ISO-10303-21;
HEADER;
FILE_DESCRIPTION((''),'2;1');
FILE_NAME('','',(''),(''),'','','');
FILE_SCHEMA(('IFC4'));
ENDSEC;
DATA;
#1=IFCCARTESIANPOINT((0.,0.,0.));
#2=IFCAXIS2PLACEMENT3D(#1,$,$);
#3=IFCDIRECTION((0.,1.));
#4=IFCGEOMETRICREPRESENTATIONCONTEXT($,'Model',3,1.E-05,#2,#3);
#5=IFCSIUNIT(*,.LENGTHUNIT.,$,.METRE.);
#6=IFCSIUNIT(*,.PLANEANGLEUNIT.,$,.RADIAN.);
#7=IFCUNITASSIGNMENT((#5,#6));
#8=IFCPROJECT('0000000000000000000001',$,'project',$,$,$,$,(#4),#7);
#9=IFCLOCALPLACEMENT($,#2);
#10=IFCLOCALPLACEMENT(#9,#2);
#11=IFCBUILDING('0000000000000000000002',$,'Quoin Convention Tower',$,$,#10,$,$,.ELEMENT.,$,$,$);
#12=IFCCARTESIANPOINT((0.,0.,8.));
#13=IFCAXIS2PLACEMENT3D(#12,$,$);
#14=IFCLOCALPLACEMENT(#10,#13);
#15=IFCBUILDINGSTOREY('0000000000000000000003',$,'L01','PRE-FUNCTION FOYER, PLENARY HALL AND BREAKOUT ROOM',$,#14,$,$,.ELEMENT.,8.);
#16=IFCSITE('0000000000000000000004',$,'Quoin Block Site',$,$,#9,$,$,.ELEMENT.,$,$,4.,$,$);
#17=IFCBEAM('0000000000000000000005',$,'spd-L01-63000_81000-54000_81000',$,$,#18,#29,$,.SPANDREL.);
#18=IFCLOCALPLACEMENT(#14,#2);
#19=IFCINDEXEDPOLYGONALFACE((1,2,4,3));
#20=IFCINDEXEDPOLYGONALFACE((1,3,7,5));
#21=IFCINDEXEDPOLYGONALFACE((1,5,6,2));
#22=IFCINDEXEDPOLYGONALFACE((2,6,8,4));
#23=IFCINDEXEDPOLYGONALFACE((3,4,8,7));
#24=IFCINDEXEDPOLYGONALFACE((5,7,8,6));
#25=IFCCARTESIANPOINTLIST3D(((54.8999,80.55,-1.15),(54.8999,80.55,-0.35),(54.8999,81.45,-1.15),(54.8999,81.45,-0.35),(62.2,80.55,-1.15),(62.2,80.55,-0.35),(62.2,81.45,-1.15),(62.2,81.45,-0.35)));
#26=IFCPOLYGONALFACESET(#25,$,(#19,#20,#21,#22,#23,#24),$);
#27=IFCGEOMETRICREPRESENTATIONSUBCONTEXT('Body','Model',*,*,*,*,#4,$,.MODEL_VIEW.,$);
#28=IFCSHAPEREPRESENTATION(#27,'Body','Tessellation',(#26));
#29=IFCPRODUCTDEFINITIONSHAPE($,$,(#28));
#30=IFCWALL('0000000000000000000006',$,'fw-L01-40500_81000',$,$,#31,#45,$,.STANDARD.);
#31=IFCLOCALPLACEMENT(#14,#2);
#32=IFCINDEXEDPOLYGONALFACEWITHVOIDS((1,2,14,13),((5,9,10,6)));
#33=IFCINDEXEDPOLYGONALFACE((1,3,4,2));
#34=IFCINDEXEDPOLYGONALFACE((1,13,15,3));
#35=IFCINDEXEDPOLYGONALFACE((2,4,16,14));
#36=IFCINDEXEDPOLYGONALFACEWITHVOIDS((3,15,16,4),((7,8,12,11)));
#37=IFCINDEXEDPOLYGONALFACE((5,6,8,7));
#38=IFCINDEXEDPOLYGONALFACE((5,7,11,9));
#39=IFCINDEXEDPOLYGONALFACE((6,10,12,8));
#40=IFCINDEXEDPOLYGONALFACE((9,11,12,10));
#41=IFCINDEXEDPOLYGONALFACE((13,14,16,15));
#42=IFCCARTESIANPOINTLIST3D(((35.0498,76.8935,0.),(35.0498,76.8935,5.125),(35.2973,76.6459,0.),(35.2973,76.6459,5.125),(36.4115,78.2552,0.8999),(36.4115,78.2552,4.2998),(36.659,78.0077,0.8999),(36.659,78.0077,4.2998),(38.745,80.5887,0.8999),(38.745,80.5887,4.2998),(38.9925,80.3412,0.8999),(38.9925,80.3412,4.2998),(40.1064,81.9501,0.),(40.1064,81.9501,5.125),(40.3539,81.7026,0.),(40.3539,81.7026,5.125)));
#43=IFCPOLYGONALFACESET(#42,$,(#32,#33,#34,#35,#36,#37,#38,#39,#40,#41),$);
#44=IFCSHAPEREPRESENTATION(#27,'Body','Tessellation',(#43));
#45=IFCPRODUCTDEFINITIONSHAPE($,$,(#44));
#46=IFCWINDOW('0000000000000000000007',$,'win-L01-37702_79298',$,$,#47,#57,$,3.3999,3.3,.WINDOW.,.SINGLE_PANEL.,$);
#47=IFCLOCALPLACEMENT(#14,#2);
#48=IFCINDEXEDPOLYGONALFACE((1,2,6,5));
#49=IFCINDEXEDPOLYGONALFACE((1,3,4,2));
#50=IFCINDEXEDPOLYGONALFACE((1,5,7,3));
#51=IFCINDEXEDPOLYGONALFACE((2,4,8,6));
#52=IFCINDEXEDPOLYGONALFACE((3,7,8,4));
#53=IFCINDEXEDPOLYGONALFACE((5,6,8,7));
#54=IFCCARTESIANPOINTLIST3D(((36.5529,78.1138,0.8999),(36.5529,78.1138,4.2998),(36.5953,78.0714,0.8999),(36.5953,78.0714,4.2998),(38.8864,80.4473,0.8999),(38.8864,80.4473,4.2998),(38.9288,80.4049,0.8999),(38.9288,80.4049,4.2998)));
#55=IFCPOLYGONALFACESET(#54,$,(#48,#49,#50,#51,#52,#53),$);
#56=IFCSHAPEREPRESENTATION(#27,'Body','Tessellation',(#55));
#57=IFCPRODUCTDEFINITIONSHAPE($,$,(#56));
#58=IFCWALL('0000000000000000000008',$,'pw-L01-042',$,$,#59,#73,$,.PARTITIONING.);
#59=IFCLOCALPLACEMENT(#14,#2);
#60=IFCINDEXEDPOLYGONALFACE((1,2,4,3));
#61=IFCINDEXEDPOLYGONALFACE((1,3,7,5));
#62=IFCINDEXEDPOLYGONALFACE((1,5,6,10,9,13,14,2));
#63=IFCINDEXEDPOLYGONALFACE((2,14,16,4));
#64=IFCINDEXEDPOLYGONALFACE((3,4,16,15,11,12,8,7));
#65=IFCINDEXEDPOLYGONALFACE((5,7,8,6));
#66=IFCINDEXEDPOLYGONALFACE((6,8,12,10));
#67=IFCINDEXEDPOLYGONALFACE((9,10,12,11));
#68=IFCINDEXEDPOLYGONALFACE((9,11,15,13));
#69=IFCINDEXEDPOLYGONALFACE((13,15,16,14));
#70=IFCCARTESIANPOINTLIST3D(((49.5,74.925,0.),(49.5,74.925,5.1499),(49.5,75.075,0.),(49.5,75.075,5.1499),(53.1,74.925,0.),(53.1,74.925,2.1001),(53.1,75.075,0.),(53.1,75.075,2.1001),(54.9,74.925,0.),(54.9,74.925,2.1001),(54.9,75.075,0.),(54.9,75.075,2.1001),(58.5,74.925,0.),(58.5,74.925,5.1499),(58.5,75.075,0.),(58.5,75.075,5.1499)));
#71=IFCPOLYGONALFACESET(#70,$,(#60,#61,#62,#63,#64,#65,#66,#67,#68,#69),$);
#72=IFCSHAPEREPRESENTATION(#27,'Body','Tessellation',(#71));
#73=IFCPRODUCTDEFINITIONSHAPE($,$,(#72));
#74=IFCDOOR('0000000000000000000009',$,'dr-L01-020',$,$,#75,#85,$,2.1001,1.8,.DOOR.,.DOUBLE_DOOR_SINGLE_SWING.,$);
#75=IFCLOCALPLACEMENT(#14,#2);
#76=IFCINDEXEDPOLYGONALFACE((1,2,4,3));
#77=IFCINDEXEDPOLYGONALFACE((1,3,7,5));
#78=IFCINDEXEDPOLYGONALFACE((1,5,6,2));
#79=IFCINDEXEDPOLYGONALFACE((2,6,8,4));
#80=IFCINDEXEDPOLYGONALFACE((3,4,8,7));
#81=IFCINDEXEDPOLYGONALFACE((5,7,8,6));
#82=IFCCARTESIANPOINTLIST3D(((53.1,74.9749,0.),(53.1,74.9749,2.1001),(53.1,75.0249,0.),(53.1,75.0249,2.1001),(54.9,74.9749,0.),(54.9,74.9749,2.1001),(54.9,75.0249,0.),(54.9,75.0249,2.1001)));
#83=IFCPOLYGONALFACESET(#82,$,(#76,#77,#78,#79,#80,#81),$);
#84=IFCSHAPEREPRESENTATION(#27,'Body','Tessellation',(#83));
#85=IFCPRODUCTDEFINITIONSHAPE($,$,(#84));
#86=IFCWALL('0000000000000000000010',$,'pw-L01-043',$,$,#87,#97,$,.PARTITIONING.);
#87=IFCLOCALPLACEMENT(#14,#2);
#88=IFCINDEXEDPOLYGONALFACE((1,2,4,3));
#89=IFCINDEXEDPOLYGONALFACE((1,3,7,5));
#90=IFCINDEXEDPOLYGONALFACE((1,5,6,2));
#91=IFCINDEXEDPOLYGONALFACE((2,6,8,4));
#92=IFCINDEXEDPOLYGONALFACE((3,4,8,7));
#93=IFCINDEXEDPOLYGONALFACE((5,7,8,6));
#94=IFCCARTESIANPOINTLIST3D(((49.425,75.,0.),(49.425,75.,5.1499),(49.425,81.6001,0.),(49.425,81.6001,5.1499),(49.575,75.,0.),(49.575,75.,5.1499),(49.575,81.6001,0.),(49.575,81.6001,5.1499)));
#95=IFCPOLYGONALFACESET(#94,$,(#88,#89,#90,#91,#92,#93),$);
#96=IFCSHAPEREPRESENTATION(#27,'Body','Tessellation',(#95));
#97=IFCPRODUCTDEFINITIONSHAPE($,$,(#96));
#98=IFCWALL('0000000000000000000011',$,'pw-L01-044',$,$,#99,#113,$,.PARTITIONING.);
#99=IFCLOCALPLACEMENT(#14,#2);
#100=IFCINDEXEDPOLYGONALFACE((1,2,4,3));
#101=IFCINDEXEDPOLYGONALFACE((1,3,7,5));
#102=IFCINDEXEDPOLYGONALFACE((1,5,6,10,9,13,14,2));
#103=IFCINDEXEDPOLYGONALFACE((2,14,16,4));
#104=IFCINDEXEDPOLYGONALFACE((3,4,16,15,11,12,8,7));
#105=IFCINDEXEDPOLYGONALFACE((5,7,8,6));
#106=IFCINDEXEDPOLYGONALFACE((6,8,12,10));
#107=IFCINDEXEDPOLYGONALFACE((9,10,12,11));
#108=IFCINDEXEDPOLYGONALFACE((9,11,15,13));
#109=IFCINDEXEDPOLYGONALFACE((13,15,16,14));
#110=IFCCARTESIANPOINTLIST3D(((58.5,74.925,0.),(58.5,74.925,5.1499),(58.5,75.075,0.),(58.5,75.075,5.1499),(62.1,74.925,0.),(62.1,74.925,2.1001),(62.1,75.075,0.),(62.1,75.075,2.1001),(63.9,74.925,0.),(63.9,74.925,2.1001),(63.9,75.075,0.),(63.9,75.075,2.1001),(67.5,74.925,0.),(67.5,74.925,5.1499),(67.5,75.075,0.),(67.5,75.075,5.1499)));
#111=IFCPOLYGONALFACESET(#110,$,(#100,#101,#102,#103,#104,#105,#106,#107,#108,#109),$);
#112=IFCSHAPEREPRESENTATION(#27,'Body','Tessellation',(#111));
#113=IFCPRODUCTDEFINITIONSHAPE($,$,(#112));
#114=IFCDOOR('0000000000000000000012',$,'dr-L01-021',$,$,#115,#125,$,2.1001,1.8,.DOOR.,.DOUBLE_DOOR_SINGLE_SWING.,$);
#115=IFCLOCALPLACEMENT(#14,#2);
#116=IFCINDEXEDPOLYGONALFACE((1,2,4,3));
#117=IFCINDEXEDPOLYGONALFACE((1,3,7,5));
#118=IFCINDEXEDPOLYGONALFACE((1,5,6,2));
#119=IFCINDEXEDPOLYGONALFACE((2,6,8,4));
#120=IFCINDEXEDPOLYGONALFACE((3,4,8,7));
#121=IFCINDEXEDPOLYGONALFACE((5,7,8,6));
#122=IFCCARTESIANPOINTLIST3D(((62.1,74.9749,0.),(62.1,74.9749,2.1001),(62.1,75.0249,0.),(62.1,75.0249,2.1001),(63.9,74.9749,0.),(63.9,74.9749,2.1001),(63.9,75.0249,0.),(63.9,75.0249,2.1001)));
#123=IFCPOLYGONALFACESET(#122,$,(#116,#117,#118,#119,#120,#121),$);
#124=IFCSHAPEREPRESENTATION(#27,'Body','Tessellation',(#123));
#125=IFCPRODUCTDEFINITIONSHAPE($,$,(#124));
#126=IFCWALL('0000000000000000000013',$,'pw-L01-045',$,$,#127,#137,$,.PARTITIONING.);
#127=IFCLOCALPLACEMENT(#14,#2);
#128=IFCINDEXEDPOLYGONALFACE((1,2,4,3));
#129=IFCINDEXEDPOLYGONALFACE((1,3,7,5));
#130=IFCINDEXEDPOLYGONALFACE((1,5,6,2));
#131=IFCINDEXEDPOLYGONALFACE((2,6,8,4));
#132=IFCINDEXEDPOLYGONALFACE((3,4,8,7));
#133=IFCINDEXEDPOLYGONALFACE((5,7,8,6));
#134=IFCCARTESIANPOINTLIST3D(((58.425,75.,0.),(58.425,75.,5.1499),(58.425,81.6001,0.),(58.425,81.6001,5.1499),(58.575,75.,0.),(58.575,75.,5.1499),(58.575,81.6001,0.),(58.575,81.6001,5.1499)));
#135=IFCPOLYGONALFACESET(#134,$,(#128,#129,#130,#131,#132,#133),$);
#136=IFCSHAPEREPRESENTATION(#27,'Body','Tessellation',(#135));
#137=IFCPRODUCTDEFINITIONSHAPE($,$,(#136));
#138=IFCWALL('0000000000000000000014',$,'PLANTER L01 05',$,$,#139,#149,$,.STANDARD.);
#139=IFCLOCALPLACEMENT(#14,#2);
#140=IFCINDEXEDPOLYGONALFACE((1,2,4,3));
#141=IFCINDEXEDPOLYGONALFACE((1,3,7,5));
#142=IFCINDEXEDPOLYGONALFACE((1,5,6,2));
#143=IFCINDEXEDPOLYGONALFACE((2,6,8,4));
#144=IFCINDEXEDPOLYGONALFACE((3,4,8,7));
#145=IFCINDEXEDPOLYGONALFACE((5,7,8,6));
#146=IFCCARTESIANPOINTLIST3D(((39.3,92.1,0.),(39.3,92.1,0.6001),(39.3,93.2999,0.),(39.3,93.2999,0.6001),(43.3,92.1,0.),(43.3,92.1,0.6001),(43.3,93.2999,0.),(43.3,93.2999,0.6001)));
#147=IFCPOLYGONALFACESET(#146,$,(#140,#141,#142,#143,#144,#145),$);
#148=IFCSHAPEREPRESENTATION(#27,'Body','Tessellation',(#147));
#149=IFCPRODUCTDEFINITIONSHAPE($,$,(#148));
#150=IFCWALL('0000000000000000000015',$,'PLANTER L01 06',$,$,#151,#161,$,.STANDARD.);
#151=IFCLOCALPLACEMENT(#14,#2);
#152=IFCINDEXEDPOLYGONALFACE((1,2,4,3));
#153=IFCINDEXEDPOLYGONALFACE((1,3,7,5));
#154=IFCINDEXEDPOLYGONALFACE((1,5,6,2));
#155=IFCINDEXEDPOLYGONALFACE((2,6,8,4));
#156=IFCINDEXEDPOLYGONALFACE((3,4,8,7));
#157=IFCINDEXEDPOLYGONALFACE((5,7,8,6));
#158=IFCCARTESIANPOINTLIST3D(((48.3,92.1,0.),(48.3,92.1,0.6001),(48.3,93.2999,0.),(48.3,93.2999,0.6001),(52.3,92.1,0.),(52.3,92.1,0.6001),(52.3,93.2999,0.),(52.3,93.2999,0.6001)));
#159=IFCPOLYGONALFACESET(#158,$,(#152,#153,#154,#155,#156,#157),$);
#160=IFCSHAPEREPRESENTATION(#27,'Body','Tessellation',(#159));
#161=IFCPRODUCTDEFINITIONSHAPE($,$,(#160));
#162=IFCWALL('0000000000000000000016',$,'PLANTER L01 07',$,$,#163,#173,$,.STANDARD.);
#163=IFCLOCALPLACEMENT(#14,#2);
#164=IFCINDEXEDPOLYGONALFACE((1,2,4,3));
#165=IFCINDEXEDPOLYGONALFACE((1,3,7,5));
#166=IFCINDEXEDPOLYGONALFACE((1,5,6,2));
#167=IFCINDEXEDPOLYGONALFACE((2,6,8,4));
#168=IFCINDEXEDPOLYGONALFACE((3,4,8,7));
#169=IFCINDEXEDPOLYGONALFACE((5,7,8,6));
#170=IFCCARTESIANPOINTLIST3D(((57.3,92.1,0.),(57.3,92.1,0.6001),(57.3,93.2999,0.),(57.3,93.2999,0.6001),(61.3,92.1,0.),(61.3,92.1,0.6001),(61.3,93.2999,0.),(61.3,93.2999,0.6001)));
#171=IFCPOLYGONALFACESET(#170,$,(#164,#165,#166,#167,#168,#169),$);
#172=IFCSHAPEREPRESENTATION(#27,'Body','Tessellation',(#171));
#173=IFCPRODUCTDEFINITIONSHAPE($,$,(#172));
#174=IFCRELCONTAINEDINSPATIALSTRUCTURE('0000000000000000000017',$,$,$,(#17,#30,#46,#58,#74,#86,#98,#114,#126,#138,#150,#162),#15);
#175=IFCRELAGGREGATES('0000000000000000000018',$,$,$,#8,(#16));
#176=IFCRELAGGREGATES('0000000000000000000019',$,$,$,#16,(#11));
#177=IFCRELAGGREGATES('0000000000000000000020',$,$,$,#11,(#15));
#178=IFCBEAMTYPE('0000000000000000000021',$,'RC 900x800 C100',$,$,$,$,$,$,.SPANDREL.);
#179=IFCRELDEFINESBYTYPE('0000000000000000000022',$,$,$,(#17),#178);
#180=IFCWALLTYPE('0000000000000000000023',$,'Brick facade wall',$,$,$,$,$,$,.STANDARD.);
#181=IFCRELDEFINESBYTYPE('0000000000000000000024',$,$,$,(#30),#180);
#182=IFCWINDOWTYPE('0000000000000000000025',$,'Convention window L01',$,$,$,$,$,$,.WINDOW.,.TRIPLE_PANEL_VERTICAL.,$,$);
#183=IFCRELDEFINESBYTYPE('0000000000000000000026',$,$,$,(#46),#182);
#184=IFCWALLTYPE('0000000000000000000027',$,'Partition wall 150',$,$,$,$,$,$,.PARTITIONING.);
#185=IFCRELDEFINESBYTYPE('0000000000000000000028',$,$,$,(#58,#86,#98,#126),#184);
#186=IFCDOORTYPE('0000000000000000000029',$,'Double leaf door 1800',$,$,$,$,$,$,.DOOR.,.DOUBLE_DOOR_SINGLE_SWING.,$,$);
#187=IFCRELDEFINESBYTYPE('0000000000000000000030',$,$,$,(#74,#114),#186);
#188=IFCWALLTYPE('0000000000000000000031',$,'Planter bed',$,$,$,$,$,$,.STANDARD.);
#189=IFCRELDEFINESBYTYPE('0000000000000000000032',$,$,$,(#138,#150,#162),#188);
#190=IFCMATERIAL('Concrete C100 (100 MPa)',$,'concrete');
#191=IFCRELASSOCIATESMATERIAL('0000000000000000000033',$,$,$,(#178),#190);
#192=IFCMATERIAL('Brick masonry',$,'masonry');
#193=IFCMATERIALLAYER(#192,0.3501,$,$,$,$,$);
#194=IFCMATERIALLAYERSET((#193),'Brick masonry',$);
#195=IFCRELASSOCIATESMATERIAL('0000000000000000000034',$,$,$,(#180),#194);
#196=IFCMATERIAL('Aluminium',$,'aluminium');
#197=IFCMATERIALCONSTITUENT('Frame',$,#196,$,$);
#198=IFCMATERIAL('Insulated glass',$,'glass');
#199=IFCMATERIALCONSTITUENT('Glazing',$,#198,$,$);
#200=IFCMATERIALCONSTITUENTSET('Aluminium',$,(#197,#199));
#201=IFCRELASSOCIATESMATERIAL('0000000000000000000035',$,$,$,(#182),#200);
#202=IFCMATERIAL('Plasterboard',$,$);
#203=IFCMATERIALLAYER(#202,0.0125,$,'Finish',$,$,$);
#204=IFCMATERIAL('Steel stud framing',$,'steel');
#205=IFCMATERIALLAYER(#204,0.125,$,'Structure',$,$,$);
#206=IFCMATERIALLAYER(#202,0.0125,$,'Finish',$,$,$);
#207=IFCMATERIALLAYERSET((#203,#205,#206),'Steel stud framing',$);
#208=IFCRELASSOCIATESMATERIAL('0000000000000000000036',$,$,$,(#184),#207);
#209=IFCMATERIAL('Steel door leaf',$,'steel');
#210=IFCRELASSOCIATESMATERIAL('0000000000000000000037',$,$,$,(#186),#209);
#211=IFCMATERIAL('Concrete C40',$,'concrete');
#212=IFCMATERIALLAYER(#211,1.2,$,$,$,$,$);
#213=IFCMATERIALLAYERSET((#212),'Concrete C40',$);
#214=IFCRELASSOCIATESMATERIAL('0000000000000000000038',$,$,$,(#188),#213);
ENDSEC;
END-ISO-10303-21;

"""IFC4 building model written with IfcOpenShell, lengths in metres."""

from ifc_helpers import new_model, si_unit, direction, frame, frame_2d, origin, origin_2d, place, context, subcontext, project, spatial, rectangle, extrude, material, layer, layer_set, constituent, constituent_set, material_profile, profile_set, type_object, element, fill, save


model = new_model("IFC4")

# Units and contexts
model_context = context("Model", 3, precision=1e-05, world=origin(), true_north=direction((0.0, 1.0)))
body_context = subcontext(model_context, "Body", "Model", "MODEL_VIEW")
ifc_project = project(units=[si_unit("LENGTHUNIT", "METRE"), si_unit("PLANEANGLEUNIT", "RADIAN")], contexts=[model_context])

# Site, building, storey
site_placement = place(None, origin())
site = spatial("IfcSite", under=ifc_project, at=site_placement, Name="Quoin Block Site", CompositionType="ELEMENT", RefElevation=4.0)
building_placement = place(site_placement, origin())
building = spatial("IfcBuilding", under=site, at=building_placement, Name="Quoin Convention Tower", CompositionType="ELEMENT")
storey_placement = place(building_placement, frame((0.0, 0.0, 8.0)))
storey = spatial("IfcBuildingStorey", under=building, at=storey_placement, Name="L01", Description="PRE-FUNCTION FOYER, PLENARY HALL AND BREAKOUT ROOM", CompositionType="ELEMENT", Elevation=8.0)

# Shared definitions
ifc_material_1 = material(Name="Concrete C100 (100 MPa)", Category="concrete")

# Beam
ifc_material_profile_1 = material_profile(ifc_material_1, rectangle(XDim=0.8999, YDim=0.8, at=origin_2d()), Name="RC 900x800")
ifc_profile_set_1 = profile_set([ifc_material_profile_1], Name="Concrete C100 (100 MPa)")
beam_type_1 = type_object("IfcBeamType", Name="RC 900x800 C100", PredefinedType="SPANDREL", material=ifc_profile_set_1)
beam_1_placement = place(storey_placement, frame((62.2, 81.0, -0.75), z_axis=(-1.0, 0.0, 0.0), x_axis=(0.0, -1.0, 0.0)))
element("IfcBeam", 1, at=beam_1_placement, inside=storey, type_object=beam_type_1, Name="spd-L01-63000_81000-54000_81000", PredefinedType="SPANDREL", context=body_context, shape_type="SweptSolid", body=[
    extrude(rectangle(XDim=0.8999, YDim=0.8, at=origin_2d()), origin(), (0.0, 0.0, 1.0), 7.3),
])

# Wall, opening, window
ifc_material_2 = material(Name="Brick masonry", Category="masonry")
ifc_layer_1 = layer(ifc_material_2, 0.3501)
ifc_layer_set_1 = layer_set([ifc_layer_1], Name="Brick masonry")
wall_type_1 = type_object("IfcWallType", Name="Brick facade wall", PredefinedType="STANDARD", material=ifc_layer_set_1)
wall_1_placement = place(storey_placement, frame((40.2302, 81.8264, 0.0), z_axis=(0.0, 0.0, 1.0), x_axis=(-0.707107, -0.707107, 0.0)))
wall_1 = element("IfcWall", 2, at=wall_1_placement, inside=storey, type_object=wall_type_1, Name="fw-L01-40500_81000", PredefinedType="STANDARD", context=body_context, shape_type="SweptSolid", body=[
    extrude(rectangle(XDim=7.1511, YDim=0.3501, at=frame_2d((3.5757, 0.0))), origin(), (0.0, 0.0, 1.0), 5.125),
])
opening_1_placement = place(wall_1_placement, frame((1.9255, 0.0, 0.8999)))
opening_1 = element("IfcOpeningElement", 3, at=opening_1_placement, cuts=wall_1, PredefinedType="OPENING", context=body_context, shape_type="SweptSolid", body=[
    extrude(rectangle(XDim=3.3, YDim=3.3999, at=frame_2d((1.6499, 1.7))), frame((0.0, 0.1851, 0.0), z_axis=(0.0, -1.0, 0.0), x_axis=(1.0, 0.0, 0.0)), (0.0, 0.0, 1.0), 0.3701),
])
ifc_material_3 = material(Name="Aluminium", Category="aluminium")
ifc_constituent_1 = constituent(ifc_material_3, Name="Frame")
ifc_material_4 = material(Name="Insulated glass", Category="glass")
ifc_constituent_2 = constituent(ifc_material_4, Name="Glazing")
ifc_constituent_set = constituent_set(constituents=[ifc_constituent_1, ifc_constituent_2], Name="Aluminium")
window_type = type_object("IfcWindowType", Name="Convention window L01", PartitioningType="TRIPLE_PANEL_VERTICAL", PredefinedType="WINDOW", material=ifc_constituent_set)
window_placement = place(opening_1_placement, origin())
window = element("IfcWindow", 4, at=window_placement, inside=storey, type_object=window_type, Name="win-L01-37702_79298", OverallHeight=3.3999, OverallWidth=3.3, PartitioningType="SINGLE_PANEL", PredefinedType="WINDOW", context=body_context, shape_type="SweptSolid", body=[
    extrude(rectangle(XDim=3.3, YDim=3.3999, at=frame_2d((1.6499, 1.7))), frame((0.0, 0.085, 0.0), z_axis=(0.0, -1.0, 0.0), x_axis=(1.0, 0.0, 0.0)), (0.0, 0.0, 1.0), 0.0601),
])
fill(opening_1, window)

# Wall, opening, door
ifc_material_5 = material(Name="Plasterboard")
ifc_layer_2 = layer(ifc_material_5, 0.0125, Name="Finish")
ifc_material_6 = material(Name="Steel stud framing", Category="steel")
ifc_layer_3 = layer(ifc_material_6, 0.125, Name="Structure")
ifc_layer_4 = layer(ifc_material_5, 0.0125, Name="Finish")
ifc_layer_set_2 = layer_set([ifc_layer_2, ifc_layer_3, ifc_layer_4], Name="Steel stud framing")
wall_type_2 = type_object("IfcWallType", Name="Partition wall 150", PredefinedType="PARTITIONING", material=ifc_layer_set_2)
wall_2_placement = place(storey_placement, frame((49.5, 75.0, 0.0), z_axis=(0.0, 0.0, 1.0), x_axis=(1.0, 0.0, 0.0)))
wall_2 = element("IfcWall", 5, at=wall_2_placement, inside=storey, type_object=wall_type_2, Name="pw-L01-042", PredefinedType="PARTITIONING", context=body_context, shape_type="SweptSolid", body=[
    extrude(rectangle(XDim=9.0, YDim=0.1499, at=frame_2d((4.5, 0.0))), origin(), (0.0, 0.0, 1.0), 5.1499),
])
opening_2_placement = place(wall_2_placement, frame((3.6001, 0.0, 0.0)))
opening_2 = element("IfcOpeningElement", 6, at=opening_2_placement, cuts=wall_2, PredefinedType="OPENING", context=body_context, shape_type="SweptSolid", body=[
    extrude(rectangle(XDim=1.8, YDim=2.1001, at=frame_2d((0.8999, 1.05))), frame((0.0, 0.085, 0.0), z_axis=(0.0, -1.0, 0.0), x_axis=(1.0, 0.0, 0.0)), (0.0, 0.0, 1.0), 0.1699),
])
ifc_material_7 = material(Name="Steel door leaf", Category="steel")
door_type = type_object("IfcDoorType", Name="Double leaf door 1800", OperationType="DOUBLE_DOOR_SINGLE_SWING", PredefinedType="DOOR", material=ifc_material_7)
door_1_placement = place(opening_2_placement, origin())
door_1 = element("IfcDoor", 7, at=door_1_placement, inside=storey, type_object=door_type, Name="dr-L01-020", OperationType="DOUBLE_DOOR_SINGLE_SWING", OverallHeight=2.1001, OverallWidth=1.8, PredefinedType="DOOR", context=body_context, shape_type="SweptSolid", body=[
    extrude(rectangle(XDim=1.8, YDim=2.1001, at=frame_2d((0.8999, 1.05))), frame((0.0, 0.0249, 0.0), z_axis=(0.0, -1.0, 0.0), x_axis=(1.0, 0.0, 0.0)), (0.0, 0.0, 1.0), 0.05),
])
fill(opening_2, door_1)

# Wall
wall_3_placement = place(storey_placement, frame((49.5, 75.0, 0.0), z_axis=(0.0, 0.0, 1.0), x_axis=(0.0, 1.0, 0.0)))
element("IfcWall", 8, at=wall_3_placement, inside=storey, type_object=wall_type_2, Name="pw-L01-043", PredefinedType="PARTITIONING", context=body_context, shape_type="SweptSolid", body=[
    extrude(rectangle(XDim=6.6001, YDim=0.1499, at=frame_2d((3.3, 0.0))), origin(), (0.0, 0.0, 1.0), 5.1499),
])

# Wall, opening, door
wall_4_placement = place(storey_placement, frame((58.5, 75.0, 0.0), z_axis=(0.0, 0.0, 1.0), x_axis=(1.0, 0.0, 0.0)))
wall_4 = element("IfcWall", 9, at=wall_4_placement, inside=storey, type_object=wall_type_2, Name="pw-L01-044", PredefinedType="PARTITIONING", context=body_context, shape_type="SweptSolid", body=[
    extrude(rectangle(XDim=9.0, YDim=0.1499, at=frame_2d((4.5, 0.0))), origin(), (0.0, 0.0, 1.0), 5.1499),
])
opening_3_placement = place(wall_4_placement, frame((3.6001, 0.0, 0.0)))
opening_3 = element("IfcOpeningElement", 10, at=opening_3_placement, cuts=wall_4, PredefinedType="OPENING", context=body_context, shape_type="SweptSolid", body=[
    extrude(rectangle(XDim=1.8, YDim=2.1001, at=frame_2d((0.8999, 1.05))), frame((0.0, 0.085, 0.0), z_axis=(0.0, -1.0, 0.0), x_axis=(1.0, 0.0, 0.0)), (0.0, 0.0, 1.0), 0.1699),
])
door_2_placement = place(opening_3_placement, origin())
door_2 = element("IfcDoor", 11, at=door_2_placement, inside=storey, type_object=door_type, Name="dr-L01-021", OperationType="DOUBLE_DOOR_SINGLE_SWING", OverallHeight=2.1001, OverallWidth=1.8, PredefinedType="DOOR", context=body_context, shape_type="SweptSolid", body=[
    extrude(rectangle(XDim=1.8, YDim=2.1001, at=frame_2d((0.8999, 1.05))), frame((0.0, 0.0249, 0.0), z_axis=(0.0, -1.0, 0.0), x_axis=(1.0, 0.0, 0.0)), (0.0, 0.0, 1.0), 0.05),
])
fill(opening_3, door_2)

# Walls
wall_5_placement = place(storey_placement, frame((58.5, 75.0, 0.0), z_axis=(0.0, 0.0, 1.0), x_axis=(0.0, 1.0, 0.0)))
element("IfcWall", 12, at=wall_5_placement, inside=storey, type_object=wall_type_2, Name="pw-L01-045", PredefinedType="PARTITIONING", context=body_context, shape_type="SweptSolid", body=[
    extrude(rectangle(XDim=6.6001, YDim=0.1499, at=frame_2d((3.3, 0.0))), origin(), (0.0, 0.0, 1.0), 5.1499),
])
ifc_material_8 = material(Name="Concrete C40", Category="concrete")
ifc_layer_5 = layer(ifc_material_8, 1.2)
ifc_layer_set_3 = layer_set([ifc_layer_5], Name="Concrete C40")
wall_type_3 = type_object("IfcWallType", Name="Planter bed", PredefinedType="STANDARD", material=ifc_layer_set_3)
for number, where, z_axis, x_axis, name in (
    (13, (39.3, 92.7, 0.0), (0.0, 0.0, 1.0), (1.0, 0.0, 0.0), "PLANTER L01 05"),
    (14, (48.3, 92.7, 0.0), (0.0, 0.0, 1.0), (1.0, 0.0, 0.0), "PLANTER L01 06"),
    (15, (57.3, 92.7, 0.0), (0.0, 0.0, 1.0), (1.0, 0.0, 0.0), "PLANTER L01 07"),
):
    element("IfcWall", number, at=place(storey_placement, frame(where, z_axis=z_axis, x_axis=x_axis)), inside=storey, type_object=wall_type_3, Name=name, PredefinedType="STANDARD", context=body_context, shape_type="SweptSolid", body=[
        extrude(rectangle(XDim=4.0, YDim=1.2, at=frame_2d((2.0, 0.0))), origin(), (0.0, 0.0, 1.0), 0.6001),
    ])

save(model, "model.ifc")
